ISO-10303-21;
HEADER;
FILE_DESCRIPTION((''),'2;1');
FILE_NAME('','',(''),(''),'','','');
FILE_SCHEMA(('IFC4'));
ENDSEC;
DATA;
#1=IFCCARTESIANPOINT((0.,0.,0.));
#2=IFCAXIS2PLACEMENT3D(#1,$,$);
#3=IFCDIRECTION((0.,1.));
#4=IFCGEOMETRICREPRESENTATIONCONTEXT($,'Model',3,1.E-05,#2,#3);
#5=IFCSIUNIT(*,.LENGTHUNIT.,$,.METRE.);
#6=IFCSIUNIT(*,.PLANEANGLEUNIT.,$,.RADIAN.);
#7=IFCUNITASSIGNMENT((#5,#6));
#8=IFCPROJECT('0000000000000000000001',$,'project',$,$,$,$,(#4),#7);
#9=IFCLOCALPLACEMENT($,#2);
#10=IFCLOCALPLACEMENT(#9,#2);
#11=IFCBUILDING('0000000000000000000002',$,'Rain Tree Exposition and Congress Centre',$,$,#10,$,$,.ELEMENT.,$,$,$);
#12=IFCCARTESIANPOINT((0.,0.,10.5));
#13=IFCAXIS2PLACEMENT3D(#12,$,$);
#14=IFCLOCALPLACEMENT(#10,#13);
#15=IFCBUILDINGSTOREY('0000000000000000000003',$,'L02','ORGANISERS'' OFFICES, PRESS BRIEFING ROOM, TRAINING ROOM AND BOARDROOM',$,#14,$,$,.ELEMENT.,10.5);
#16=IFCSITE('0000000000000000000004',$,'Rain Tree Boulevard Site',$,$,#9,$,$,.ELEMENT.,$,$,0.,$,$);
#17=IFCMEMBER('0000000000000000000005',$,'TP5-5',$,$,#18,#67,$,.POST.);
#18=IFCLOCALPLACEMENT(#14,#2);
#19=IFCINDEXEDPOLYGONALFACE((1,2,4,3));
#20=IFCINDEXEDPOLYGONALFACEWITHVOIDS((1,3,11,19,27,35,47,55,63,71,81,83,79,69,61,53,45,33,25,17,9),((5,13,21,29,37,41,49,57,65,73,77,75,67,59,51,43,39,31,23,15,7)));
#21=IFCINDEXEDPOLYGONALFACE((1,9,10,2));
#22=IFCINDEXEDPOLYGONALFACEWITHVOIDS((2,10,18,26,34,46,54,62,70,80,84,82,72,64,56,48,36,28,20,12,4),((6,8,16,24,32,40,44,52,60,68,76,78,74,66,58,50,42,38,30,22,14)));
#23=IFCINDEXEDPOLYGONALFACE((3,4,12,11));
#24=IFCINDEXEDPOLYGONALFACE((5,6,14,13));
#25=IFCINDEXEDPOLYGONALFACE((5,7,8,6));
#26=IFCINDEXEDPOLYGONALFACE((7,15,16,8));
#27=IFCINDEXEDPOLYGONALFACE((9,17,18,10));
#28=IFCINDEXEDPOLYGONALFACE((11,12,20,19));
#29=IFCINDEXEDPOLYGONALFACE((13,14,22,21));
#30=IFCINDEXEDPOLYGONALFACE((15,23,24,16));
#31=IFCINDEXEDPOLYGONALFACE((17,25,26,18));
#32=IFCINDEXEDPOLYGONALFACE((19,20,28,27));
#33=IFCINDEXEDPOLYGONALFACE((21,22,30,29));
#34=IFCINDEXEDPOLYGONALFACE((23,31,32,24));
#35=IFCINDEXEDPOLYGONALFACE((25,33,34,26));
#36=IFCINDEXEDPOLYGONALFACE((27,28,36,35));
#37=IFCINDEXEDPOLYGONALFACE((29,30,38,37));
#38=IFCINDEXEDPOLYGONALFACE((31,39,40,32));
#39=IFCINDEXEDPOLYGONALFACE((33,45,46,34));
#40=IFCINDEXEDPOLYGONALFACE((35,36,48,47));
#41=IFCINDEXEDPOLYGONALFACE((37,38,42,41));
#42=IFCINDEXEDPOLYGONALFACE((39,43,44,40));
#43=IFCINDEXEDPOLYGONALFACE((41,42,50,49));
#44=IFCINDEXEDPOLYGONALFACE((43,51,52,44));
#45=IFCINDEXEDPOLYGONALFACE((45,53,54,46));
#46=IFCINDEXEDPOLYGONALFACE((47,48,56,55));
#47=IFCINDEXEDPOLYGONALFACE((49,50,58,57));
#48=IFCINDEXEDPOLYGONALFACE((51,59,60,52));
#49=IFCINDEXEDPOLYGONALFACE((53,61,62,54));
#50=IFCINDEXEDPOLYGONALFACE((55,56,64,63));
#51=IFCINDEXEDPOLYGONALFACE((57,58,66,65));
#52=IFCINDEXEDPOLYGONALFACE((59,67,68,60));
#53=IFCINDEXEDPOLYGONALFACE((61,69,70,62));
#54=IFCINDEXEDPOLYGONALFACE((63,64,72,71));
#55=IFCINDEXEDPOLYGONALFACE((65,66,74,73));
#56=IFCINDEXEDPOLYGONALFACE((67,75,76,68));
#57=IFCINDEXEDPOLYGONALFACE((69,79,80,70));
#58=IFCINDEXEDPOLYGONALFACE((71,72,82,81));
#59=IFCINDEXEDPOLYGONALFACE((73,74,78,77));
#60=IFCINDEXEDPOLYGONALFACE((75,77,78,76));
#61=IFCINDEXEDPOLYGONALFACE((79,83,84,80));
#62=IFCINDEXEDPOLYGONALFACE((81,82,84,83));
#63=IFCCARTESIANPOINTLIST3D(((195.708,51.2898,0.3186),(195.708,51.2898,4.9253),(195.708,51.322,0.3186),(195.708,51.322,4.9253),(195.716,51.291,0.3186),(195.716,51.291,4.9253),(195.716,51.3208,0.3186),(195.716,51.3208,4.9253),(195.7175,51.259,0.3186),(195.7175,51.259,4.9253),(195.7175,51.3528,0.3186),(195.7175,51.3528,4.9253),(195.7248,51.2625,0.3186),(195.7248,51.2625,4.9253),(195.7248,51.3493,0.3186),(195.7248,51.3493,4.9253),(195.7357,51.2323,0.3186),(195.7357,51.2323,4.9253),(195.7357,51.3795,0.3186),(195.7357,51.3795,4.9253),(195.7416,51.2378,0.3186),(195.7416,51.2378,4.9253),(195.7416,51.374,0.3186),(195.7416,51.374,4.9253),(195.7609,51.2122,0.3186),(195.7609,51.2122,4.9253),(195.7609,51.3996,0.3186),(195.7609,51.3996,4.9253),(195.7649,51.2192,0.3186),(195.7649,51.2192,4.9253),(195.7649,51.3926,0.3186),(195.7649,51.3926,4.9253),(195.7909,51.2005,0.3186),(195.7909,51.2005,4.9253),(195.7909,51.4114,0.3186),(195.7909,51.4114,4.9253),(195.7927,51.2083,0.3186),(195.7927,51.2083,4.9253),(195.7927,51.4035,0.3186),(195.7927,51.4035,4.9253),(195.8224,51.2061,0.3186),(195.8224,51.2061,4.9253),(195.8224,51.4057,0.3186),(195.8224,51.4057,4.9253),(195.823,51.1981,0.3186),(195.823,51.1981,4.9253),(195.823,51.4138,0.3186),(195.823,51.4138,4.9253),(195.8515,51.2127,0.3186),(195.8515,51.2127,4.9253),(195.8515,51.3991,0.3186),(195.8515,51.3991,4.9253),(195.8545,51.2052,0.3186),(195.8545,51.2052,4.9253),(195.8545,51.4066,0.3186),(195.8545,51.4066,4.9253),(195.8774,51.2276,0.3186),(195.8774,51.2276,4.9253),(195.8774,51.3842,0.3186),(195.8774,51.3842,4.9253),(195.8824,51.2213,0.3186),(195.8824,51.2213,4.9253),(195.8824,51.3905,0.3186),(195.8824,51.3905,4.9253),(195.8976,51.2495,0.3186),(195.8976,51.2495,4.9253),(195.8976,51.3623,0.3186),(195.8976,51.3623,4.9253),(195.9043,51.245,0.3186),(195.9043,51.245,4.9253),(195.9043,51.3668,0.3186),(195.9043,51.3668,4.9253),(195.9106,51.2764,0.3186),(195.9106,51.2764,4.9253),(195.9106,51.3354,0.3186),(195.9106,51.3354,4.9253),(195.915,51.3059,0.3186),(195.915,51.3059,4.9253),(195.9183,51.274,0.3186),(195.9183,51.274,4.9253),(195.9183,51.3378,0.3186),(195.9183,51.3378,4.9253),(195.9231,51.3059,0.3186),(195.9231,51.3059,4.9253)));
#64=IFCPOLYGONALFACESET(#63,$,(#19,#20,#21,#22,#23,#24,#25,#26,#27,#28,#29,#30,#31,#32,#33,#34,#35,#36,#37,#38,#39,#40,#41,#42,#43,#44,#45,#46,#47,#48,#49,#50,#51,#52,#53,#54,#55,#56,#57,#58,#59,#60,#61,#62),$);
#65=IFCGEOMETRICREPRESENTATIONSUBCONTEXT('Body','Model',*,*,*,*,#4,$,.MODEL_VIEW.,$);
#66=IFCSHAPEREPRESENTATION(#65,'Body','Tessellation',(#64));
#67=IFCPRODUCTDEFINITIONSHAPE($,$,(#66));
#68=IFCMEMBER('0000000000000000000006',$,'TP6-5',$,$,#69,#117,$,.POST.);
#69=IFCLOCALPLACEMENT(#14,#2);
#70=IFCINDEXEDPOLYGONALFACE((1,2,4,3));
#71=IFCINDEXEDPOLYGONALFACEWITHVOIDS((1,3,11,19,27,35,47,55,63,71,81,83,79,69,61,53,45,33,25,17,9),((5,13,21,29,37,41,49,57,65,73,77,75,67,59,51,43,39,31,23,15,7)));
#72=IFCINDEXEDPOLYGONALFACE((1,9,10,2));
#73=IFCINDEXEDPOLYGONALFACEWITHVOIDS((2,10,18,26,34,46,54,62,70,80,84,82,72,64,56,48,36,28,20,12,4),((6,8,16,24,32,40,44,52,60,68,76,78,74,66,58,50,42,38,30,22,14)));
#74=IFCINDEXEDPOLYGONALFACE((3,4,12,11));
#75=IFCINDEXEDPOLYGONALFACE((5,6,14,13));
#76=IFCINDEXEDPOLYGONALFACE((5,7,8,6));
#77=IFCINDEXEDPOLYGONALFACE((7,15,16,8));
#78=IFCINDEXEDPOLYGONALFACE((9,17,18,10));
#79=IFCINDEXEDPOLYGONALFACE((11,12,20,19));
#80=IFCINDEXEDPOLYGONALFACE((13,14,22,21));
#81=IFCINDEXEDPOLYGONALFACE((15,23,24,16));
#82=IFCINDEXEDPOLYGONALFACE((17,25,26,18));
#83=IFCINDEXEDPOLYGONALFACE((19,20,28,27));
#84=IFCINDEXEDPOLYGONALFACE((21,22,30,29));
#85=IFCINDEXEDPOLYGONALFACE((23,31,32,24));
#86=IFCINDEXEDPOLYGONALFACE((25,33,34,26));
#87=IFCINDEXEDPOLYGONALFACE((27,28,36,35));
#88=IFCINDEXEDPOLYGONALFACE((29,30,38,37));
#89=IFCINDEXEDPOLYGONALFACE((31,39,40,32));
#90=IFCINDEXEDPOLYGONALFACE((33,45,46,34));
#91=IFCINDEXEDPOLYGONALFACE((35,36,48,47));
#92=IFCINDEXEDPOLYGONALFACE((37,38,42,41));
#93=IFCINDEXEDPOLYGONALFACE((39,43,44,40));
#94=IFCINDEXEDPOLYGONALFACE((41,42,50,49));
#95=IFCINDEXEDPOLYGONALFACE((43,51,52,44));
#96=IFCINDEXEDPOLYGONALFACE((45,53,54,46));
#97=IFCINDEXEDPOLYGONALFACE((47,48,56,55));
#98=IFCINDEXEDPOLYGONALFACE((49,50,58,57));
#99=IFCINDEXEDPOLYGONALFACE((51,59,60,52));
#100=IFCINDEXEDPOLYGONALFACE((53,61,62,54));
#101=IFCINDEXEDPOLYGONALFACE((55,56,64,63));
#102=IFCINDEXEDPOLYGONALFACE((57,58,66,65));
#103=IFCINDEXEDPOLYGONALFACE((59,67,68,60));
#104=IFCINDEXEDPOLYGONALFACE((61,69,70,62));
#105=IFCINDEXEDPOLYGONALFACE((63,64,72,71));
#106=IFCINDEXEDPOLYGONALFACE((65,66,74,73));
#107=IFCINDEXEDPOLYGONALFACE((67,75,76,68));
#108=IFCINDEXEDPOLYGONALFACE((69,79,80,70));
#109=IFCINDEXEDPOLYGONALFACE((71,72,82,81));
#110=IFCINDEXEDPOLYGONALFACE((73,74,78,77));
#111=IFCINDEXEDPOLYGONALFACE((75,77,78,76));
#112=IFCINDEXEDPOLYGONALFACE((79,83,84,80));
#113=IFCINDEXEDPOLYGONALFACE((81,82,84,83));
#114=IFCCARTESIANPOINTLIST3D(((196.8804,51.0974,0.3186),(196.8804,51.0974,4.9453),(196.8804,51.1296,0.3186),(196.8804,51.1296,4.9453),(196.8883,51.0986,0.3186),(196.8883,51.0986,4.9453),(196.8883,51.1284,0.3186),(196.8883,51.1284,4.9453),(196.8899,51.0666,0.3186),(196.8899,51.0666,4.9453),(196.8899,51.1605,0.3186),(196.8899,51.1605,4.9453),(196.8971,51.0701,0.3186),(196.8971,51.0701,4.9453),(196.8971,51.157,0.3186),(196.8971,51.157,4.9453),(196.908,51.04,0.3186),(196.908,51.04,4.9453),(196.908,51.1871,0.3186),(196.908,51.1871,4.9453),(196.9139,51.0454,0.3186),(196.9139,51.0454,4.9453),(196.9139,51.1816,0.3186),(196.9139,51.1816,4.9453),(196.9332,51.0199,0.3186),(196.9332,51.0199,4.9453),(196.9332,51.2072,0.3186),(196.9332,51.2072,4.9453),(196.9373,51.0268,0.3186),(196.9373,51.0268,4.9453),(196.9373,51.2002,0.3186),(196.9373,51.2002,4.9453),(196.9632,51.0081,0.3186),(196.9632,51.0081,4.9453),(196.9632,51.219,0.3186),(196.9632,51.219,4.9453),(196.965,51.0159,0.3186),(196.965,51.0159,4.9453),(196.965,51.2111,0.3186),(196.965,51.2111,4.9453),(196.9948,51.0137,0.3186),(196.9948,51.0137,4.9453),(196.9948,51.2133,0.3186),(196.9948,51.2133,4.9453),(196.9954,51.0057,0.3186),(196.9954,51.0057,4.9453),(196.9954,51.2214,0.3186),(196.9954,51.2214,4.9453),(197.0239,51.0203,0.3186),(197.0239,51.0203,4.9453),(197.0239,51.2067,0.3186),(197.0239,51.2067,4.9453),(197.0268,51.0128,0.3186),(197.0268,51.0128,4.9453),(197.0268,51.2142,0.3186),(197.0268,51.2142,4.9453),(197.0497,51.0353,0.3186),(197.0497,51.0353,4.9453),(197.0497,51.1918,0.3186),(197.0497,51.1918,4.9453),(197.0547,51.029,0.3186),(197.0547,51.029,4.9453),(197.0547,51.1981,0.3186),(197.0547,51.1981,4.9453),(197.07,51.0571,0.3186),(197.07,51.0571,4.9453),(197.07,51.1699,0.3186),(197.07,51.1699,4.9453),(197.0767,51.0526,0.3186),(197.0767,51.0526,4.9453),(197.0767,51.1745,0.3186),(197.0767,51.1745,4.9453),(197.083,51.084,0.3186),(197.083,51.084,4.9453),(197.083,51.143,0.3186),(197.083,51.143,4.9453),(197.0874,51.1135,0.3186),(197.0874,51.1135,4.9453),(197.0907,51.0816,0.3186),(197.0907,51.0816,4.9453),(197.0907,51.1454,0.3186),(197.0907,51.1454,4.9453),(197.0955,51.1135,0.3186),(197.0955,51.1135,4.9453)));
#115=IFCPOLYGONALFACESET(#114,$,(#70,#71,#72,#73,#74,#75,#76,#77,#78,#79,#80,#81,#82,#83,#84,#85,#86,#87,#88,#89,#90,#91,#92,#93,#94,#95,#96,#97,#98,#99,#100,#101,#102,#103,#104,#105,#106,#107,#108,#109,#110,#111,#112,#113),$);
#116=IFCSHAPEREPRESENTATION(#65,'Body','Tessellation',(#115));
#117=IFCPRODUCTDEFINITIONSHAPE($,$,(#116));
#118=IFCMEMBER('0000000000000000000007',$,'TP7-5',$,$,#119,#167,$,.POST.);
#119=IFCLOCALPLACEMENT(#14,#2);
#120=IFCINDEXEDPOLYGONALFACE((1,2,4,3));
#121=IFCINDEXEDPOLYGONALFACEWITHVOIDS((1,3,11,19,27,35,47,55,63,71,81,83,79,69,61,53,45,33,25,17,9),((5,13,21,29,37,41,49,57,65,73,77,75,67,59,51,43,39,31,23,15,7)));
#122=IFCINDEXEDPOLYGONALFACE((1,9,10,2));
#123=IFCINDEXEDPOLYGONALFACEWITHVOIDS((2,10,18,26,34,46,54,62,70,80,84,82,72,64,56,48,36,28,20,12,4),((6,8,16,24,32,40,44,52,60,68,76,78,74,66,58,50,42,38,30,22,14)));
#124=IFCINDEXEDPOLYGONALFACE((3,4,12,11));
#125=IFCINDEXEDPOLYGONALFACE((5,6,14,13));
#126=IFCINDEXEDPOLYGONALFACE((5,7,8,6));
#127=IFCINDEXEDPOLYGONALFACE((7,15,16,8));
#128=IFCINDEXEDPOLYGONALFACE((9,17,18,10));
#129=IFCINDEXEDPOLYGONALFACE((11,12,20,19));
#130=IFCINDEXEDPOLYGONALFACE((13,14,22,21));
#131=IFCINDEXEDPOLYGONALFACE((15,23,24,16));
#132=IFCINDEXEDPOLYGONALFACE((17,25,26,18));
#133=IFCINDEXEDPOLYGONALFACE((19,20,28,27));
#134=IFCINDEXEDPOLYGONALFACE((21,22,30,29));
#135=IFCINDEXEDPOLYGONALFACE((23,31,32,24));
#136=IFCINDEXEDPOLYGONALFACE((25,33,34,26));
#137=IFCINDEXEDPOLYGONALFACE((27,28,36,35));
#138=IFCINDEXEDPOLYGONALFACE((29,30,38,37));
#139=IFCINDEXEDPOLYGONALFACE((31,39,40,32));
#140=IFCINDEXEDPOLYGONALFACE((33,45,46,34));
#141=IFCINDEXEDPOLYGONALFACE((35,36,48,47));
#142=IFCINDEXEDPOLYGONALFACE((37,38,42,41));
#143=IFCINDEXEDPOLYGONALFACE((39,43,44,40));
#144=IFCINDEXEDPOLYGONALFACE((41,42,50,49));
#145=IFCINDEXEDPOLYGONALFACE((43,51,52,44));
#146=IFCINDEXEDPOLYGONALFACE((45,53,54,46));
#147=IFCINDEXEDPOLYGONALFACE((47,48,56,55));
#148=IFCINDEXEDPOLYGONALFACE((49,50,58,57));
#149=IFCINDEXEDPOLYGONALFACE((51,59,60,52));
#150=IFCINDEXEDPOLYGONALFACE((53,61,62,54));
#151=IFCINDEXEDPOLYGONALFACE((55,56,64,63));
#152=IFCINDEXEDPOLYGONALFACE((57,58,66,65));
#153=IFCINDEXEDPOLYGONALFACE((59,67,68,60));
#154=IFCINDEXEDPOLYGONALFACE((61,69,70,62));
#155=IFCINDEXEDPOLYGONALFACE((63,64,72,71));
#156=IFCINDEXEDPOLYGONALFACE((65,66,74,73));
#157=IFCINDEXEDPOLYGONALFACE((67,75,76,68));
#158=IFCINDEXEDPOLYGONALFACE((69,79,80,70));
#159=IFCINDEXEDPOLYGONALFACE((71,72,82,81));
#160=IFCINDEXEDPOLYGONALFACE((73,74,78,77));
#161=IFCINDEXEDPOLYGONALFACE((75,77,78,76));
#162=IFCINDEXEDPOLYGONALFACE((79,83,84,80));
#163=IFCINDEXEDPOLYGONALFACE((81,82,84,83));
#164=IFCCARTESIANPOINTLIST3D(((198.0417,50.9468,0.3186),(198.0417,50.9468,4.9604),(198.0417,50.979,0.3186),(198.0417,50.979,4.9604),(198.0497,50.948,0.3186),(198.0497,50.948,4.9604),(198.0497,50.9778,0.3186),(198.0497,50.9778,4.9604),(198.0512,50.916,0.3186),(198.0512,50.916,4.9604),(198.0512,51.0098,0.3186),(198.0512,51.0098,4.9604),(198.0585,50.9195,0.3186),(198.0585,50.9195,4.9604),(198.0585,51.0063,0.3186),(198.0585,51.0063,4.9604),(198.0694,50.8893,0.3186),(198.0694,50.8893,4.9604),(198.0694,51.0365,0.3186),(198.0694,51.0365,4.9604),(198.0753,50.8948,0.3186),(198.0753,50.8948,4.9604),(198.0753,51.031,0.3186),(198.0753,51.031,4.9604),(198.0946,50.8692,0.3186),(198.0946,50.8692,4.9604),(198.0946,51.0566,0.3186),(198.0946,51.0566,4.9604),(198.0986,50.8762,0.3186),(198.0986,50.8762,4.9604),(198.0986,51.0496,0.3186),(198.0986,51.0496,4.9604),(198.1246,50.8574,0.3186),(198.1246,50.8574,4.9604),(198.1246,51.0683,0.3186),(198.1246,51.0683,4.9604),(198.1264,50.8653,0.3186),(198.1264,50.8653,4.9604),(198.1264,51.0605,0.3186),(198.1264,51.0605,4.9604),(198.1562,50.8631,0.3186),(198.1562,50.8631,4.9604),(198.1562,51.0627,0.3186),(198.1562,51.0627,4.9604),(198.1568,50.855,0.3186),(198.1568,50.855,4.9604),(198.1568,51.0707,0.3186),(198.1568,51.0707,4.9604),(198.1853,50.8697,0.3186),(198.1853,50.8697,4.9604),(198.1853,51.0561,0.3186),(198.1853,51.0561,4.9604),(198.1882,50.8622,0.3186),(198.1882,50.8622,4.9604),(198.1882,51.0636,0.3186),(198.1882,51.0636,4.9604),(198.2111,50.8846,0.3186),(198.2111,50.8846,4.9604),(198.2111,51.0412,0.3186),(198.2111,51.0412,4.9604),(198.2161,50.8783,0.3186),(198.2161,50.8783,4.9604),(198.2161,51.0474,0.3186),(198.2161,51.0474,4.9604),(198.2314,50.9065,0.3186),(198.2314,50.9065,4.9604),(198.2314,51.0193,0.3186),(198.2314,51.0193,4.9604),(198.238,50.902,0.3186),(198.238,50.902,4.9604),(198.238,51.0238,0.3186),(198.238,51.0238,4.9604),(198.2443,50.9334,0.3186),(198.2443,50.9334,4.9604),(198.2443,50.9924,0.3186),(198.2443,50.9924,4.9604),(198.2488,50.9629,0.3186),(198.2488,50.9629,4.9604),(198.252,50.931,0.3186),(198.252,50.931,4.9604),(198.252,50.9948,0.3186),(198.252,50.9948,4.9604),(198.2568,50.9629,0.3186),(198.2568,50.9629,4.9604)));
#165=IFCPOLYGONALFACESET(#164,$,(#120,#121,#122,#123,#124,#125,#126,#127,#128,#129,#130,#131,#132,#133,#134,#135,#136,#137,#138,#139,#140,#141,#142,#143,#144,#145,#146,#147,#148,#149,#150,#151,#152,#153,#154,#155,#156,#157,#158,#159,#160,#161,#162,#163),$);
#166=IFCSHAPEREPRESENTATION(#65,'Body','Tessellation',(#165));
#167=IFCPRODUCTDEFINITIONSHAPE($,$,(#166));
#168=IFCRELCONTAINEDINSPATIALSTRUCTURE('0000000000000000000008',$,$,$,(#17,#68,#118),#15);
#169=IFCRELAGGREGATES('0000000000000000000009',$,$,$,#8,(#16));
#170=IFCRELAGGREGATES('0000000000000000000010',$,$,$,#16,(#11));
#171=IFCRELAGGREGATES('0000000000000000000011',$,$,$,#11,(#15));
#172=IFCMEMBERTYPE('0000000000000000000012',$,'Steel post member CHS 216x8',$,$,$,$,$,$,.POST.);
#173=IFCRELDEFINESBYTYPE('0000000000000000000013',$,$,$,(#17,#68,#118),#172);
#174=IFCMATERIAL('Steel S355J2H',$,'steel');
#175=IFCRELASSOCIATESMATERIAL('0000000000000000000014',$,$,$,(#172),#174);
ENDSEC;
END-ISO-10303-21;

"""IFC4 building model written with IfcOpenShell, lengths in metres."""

from ifc_helpers import new_model, si_unit, direction, frame, origin, origin_2d, place, context, subcontext, project, spatial, hollow_circle, extrude, material, material_profile, profile_set, type_object, element, save


model = new_model("IFC4")

# Units and contexts
model_context = context("Model", 3, precision=1e-05, world=origin(), true_north=direction((0.0, 1.0)))
body_context = subcontext(model_context, "Body", "Model", "MODEL_VIEW")
ifc_project = project(units=[si_unit("LENGTHUNIT", "METRE"), si_unit("PLANEANGLEUNIT", "RADIAN")], contexts=[model_context])

# Site, building, storey
site_placement = place(None, origin())
site = spatial("IfcSite", under=ifc_project, at=site_placement, Name="Rain Tree Boulevard Site", CompositionType="ELEMENT", RefElevation=0.0)
building_placement = place(site_placement, origin())
building = spatial("IfcBuilding", under=site, at=building_placement, Name="Rain Tree Exposition and Congress Centre", CompositionType="ELEMENT")
storey_placement = place(building_placement, frame((0.0, 0.0, 10.5)))
storey = spatial("IfcBuildingStorey", under=building, at=storey_placement, Name="L02", Description="ORGANISERS' OFFICES, PRESS BRIEFING ROOM, TRAINING ROOM AND BOARDROOM", CompositionType="ELEMENT", Elevation=10.5)

# Members
ifc_material_1 = material(Name="Steel S355J2H", Category="steel")
ifc_material_profile_1 = material_profile(ifc_material_1, hollow_circle(Radius=0.1082, WallThickness=0.0081, at=origin_2d()), Name="CHS 216x8")
ifc_profile_set_1 = profile_set([ifc_material_profile_1], Name="Steel S355J2H")
member_type_1 = type_object("IfcMemberType", Name="Steel post member CHS 216x8", PredefinedType="POST", material=ifc_profile_set_1)
member_1_placement = place(storey_placement, frame((195.8149, 51.3059, 0.3186), z_axis=(0.0, 0.0, 1.0), x_axis=(1.0, 0.0, 0.0)))
element("IfcMember", 1, at=member_1_placement, inside=storey, type_object=member_type_1, Name="TP5-5", PredefinedType="POST", context=body_context, shape_type="SweptSolid", body=[
    extrude(hollow_circle(Radius=0.1082, WallThickness=0.0081, at=origin_2d()), origin(), (0.0, 0.0, 1.0), 4.6067),
])
member_2_placement = place(storey_placement, frame((196.9873, 51.1135, 0.3186), z_axis=(0.0, 0.0, 1.0), x_axis=(1.0, 0.0, 0.0)))
element("IfcMember", 2, at=member_2_placement, inside=storey, type_object=member_type_1, Name="TP6-5", PredefinedType="POST", context=body_context, shape_type="SweptSolid", body=[
    extrude(hollow_circle(Radius=0.1082, WallThickness=0.0081, at=origin_2d()), origin(), (0.0, 0.0, 1.0), 4.6267),
])
member_3_placement = place(storey_placement, frame((198.1487, 50.9629, 0.3186), z_axis=(0.0, 0.0, 1.0), x_axis=(1.0, 0.0, 0.0)))
element("IfcMember", 3, at=member_3_placement, inside=storey, type_object=member_type_1, Name="TP7-5", PredefinedType="POST", context=body_context, shape_type="SweptSolid", body=[
    extrude(hollow_circle(Radius=0.1082, WallThickness=0.0081, at=origin_2d()), origin(), (0.0, 0.0, 1.0), 4.6418),
])

save(model, "model.ifc")
